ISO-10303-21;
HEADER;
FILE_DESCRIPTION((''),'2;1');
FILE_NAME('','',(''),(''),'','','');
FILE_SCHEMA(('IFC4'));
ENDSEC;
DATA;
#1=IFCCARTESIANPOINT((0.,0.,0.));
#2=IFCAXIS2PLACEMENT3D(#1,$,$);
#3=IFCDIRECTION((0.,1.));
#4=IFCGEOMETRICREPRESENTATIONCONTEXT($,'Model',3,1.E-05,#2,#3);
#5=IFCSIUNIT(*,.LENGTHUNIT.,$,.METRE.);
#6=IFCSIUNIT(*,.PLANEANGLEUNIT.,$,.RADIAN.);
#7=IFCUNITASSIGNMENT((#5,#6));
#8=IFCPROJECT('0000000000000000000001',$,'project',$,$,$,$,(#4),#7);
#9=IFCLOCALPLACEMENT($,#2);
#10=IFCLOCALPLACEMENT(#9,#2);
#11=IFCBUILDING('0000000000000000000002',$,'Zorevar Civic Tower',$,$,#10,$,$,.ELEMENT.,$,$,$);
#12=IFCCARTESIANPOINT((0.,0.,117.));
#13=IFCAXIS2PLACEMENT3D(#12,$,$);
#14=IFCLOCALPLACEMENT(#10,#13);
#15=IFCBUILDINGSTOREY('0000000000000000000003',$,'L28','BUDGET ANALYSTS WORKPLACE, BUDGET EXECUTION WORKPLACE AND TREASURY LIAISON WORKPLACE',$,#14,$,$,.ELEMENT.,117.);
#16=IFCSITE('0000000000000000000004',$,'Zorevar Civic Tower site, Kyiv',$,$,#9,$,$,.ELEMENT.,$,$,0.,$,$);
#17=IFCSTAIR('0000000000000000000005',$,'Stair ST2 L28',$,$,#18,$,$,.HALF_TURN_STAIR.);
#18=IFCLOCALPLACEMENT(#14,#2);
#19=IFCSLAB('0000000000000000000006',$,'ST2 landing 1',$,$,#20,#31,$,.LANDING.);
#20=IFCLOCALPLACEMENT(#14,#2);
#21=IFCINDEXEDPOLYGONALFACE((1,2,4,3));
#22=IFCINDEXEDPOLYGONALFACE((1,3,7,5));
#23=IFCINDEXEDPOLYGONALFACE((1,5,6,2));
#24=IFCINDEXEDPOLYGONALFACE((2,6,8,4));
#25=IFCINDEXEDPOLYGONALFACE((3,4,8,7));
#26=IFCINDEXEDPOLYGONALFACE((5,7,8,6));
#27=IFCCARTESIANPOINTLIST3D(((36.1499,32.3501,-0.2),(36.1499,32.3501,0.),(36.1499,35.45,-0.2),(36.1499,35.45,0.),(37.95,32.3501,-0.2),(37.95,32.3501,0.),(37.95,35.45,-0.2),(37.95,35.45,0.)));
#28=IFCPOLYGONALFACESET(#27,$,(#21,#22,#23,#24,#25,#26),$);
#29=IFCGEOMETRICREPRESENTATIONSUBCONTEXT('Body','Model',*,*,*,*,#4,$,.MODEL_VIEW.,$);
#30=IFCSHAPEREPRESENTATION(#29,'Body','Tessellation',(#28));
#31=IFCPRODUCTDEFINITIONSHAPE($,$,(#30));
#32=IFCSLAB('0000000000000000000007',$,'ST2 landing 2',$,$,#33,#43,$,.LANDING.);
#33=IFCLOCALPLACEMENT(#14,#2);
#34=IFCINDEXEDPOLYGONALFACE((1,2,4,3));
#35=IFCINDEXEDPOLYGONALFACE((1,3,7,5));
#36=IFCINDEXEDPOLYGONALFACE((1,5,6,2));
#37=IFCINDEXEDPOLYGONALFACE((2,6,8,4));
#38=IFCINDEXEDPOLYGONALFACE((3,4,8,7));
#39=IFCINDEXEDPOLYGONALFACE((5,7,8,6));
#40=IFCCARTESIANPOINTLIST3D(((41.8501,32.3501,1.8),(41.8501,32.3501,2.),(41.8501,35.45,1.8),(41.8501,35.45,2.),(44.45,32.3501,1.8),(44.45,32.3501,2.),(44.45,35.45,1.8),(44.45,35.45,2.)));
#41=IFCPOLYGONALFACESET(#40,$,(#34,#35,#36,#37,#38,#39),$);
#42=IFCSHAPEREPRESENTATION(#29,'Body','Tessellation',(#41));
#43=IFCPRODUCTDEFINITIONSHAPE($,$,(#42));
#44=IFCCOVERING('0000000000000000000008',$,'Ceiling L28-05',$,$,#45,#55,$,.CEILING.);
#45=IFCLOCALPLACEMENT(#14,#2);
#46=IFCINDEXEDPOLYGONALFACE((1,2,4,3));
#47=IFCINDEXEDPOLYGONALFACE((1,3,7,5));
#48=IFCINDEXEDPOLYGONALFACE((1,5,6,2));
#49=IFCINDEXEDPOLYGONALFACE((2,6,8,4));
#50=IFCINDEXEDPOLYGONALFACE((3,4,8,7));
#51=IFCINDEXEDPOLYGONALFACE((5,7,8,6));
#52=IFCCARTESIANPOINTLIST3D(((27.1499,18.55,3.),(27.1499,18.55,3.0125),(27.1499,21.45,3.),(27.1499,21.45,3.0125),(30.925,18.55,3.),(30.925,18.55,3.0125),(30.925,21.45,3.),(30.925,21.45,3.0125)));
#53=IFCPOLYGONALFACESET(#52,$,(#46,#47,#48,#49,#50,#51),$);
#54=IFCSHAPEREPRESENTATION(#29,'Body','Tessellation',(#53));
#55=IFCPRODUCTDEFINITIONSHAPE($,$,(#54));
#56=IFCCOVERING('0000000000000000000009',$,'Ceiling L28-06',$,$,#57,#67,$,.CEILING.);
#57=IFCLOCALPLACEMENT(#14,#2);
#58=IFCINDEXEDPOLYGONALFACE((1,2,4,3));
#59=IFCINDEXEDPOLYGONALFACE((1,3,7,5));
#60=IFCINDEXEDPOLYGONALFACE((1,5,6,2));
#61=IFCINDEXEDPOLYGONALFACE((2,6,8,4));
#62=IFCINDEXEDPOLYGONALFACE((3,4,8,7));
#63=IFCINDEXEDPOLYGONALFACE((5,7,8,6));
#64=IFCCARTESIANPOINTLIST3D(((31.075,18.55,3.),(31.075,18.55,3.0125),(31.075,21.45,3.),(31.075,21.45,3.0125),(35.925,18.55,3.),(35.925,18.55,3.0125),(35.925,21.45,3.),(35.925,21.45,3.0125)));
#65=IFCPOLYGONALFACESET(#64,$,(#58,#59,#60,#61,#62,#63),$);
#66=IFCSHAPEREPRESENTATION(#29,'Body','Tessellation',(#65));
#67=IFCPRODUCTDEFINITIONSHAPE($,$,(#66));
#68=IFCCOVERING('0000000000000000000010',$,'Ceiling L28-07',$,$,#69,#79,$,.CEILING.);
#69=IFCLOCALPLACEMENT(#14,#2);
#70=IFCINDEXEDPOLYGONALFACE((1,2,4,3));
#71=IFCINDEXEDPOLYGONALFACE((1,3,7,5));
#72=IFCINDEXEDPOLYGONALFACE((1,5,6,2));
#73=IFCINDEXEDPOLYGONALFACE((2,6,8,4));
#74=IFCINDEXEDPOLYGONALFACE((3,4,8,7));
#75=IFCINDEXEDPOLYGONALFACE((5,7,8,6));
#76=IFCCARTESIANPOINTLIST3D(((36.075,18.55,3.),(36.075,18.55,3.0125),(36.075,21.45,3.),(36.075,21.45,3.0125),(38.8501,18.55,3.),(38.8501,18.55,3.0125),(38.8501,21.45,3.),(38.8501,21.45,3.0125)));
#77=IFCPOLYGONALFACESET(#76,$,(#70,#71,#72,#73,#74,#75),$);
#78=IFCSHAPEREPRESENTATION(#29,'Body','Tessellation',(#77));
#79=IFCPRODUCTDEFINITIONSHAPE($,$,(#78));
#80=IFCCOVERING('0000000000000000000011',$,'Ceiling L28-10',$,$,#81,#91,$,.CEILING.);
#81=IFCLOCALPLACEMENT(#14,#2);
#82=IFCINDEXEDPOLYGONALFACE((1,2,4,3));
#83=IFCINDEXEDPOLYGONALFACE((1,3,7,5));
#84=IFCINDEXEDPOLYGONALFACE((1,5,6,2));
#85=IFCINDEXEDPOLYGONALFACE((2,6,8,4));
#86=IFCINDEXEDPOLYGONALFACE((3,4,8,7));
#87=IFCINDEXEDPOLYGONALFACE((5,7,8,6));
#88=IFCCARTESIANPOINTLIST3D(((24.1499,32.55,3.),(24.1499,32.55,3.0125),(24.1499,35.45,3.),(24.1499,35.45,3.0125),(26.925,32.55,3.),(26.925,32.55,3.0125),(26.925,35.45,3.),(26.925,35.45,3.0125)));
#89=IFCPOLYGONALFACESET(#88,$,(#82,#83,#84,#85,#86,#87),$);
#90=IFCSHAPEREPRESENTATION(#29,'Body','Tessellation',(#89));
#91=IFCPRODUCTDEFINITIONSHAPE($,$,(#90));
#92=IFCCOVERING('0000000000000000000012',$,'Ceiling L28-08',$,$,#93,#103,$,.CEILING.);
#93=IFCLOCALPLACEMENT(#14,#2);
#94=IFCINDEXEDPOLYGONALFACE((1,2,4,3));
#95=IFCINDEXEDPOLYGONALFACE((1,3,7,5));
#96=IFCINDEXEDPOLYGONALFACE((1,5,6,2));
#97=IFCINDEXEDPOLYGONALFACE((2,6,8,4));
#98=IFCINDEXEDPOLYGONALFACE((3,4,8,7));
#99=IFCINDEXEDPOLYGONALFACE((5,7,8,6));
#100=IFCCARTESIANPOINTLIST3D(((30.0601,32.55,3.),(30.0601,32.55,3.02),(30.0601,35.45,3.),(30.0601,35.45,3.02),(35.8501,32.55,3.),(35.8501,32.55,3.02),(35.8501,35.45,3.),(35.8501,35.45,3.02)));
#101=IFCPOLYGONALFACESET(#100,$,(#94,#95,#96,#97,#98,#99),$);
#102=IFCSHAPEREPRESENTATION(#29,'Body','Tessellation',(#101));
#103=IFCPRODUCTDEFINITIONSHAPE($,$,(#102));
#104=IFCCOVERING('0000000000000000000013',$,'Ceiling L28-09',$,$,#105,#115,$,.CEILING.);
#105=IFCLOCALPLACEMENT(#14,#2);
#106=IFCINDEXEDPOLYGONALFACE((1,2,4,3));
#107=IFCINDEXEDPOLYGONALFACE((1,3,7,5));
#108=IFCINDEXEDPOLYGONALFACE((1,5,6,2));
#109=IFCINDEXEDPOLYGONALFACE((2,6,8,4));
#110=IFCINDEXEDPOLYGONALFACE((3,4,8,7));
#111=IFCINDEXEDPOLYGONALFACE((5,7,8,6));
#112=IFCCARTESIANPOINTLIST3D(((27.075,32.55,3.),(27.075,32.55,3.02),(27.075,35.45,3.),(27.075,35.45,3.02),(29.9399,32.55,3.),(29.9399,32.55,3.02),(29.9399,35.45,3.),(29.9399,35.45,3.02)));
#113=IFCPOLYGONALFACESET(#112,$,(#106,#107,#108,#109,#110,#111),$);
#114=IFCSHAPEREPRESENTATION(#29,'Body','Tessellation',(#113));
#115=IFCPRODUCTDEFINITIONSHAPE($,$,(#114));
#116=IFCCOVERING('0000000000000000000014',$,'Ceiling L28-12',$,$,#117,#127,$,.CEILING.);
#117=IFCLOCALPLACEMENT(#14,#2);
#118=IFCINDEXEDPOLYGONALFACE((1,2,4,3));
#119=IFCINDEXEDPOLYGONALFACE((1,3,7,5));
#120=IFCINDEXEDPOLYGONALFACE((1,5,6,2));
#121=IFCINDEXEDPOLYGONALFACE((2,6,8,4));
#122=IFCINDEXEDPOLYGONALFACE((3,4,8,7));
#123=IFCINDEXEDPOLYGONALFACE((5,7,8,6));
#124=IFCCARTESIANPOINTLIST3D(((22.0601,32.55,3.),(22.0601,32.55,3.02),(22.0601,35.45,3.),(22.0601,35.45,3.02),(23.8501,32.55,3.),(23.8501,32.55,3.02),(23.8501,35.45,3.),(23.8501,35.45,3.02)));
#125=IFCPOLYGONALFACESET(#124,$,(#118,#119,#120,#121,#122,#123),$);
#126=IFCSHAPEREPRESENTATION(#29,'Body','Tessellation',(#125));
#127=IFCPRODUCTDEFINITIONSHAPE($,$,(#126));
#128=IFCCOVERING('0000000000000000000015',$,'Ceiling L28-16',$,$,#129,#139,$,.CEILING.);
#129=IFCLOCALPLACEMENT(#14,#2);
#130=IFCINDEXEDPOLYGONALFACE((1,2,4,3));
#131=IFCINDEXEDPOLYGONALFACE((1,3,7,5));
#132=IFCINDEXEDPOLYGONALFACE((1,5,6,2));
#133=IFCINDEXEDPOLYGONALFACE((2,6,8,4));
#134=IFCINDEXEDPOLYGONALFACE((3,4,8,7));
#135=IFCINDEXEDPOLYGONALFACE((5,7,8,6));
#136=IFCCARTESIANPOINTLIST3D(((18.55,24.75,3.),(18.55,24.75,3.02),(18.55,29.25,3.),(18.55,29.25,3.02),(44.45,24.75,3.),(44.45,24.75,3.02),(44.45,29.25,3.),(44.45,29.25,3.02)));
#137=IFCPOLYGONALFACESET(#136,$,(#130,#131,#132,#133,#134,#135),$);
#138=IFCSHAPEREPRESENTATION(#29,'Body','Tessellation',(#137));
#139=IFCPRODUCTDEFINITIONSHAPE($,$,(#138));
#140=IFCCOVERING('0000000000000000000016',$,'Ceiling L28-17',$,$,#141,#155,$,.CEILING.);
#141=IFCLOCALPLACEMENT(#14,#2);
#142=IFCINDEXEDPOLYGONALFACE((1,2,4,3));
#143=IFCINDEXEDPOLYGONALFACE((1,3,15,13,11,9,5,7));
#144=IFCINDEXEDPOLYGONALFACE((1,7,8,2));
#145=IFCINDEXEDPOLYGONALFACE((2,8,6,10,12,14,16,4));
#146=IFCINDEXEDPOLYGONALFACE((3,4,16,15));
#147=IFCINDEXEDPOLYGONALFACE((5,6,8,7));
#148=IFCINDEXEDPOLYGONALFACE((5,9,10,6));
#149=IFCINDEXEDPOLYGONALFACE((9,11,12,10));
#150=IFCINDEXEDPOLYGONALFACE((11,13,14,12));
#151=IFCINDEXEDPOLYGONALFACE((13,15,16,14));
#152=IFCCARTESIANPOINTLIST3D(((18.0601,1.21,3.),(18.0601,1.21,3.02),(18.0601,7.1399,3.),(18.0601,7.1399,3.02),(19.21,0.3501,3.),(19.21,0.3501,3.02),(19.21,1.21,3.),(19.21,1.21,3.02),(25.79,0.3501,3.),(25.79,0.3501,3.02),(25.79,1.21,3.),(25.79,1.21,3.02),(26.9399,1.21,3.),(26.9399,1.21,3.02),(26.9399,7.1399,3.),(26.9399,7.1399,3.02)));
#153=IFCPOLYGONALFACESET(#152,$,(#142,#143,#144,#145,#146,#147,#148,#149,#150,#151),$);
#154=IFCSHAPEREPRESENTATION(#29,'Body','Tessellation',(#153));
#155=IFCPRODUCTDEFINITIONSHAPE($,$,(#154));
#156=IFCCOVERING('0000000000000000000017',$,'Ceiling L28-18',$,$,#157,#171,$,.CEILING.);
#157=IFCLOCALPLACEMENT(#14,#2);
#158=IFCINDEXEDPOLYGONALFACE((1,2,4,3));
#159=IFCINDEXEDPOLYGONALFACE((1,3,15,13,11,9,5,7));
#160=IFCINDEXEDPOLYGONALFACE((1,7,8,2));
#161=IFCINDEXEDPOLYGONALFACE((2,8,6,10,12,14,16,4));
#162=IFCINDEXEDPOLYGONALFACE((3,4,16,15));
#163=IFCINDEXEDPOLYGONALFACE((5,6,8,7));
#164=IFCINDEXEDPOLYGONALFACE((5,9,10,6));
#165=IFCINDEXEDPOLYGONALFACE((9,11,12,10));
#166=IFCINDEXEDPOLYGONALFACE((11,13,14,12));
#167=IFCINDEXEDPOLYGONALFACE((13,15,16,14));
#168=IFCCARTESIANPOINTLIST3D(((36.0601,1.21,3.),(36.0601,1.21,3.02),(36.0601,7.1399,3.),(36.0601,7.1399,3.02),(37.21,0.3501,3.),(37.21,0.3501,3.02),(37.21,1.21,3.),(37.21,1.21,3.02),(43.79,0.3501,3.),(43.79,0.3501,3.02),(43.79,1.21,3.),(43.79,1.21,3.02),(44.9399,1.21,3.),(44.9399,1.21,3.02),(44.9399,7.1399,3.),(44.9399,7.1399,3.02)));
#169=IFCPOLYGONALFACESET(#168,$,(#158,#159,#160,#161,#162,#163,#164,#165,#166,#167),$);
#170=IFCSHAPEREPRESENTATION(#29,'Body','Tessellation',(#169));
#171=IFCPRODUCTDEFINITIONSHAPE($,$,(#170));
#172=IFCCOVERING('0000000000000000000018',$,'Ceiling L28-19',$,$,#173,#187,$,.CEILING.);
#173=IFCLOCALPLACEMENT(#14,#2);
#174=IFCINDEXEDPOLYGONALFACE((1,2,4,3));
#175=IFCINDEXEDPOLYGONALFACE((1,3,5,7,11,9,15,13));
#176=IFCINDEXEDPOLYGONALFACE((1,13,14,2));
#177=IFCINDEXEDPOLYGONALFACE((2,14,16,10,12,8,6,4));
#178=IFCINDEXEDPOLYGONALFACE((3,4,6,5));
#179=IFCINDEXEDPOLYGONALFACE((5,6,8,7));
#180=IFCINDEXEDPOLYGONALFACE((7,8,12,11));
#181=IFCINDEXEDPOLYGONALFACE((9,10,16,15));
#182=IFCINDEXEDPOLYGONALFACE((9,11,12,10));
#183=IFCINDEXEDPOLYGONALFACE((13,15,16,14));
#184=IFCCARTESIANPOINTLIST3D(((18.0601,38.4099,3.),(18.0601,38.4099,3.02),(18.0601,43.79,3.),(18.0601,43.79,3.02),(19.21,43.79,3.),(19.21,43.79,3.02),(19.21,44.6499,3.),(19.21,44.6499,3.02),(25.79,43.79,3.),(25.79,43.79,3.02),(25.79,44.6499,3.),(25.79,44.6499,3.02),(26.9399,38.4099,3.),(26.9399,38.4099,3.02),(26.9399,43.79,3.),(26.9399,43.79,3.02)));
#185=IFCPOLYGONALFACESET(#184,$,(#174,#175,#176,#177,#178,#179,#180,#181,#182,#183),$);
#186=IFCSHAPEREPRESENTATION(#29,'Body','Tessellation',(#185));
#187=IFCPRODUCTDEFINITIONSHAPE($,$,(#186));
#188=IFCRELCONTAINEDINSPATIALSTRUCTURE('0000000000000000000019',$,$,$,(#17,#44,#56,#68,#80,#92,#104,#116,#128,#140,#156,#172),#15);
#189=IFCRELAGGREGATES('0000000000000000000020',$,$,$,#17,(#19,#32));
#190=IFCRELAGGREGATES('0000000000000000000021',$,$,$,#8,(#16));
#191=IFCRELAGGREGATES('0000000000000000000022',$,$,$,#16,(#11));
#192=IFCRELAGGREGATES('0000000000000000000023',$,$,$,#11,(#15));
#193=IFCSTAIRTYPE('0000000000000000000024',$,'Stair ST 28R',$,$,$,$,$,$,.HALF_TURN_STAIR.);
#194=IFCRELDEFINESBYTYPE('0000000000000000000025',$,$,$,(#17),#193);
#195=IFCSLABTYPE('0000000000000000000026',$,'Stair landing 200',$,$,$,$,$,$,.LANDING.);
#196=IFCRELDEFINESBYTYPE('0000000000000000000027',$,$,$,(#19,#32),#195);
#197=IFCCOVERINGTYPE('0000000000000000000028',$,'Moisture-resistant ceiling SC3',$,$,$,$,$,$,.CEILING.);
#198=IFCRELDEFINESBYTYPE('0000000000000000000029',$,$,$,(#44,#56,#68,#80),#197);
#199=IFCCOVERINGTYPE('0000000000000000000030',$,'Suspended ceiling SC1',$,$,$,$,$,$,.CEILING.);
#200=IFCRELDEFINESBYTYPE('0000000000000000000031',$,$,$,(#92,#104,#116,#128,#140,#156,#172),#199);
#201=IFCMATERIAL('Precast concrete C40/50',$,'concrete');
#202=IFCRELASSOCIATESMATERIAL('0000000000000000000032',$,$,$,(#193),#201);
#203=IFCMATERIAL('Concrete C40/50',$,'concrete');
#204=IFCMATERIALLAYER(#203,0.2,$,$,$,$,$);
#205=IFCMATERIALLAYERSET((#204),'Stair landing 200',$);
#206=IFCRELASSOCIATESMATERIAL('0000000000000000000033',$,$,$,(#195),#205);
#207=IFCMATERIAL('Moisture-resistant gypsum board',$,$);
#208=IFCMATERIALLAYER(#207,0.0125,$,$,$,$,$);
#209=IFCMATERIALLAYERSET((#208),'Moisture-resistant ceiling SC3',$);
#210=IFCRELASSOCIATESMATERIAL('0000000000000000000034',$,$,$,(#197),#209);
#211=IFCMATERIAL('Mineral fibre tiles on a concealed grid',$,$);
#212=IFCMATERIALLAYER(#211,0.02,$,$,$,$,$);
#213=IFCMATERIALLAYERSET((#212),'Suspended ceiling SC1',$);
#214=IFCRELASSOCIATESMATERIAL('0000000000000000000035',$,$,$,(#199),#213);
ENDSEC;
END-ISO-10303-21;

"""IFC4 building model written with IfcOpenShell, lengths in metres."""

from ifc_helpers import new_model, si_unit, direction, frame, origin, place, context, subcontext, project, spatial, polyline, outline, extrude, material, layer, layer_set, type_object, element, aggregate, save


model = new_model("IFC4")

# Units and contexts
model_context = context("Model", 3, precision=1e-05, world=origin(), true_north=direction((0.0, 1.0)))
body_context = subcontext(model_context, "Body", "Model", "MODEL_VIEW")
ifc_project = project(units=[si_unit("LENGTHUNIT", "METRE"), si_unit("PLANEANGLEUNIT", "RADIAN")], contexts=[model_context])

# Site, building, storey
site_placement = place(None, origin())
site = spatial("IfcSite", under=ifc_project, at=site_placement, Name="Zorevar Civic Tower site, Kyiv", CompositionType="ELEMENT", RefElevation=0.0)
building_placement = place(site_placement, origin())
building = spatial("IfcBuilding", under=site, at=building_placement, Name="Zorevar Civic Tower", CompositionType="ELEMENT")
storey_placement = place(building_placement, frame((0.0, 0.0, 117.0)))
storey = spatial("IfcBuildingStorey", under=building, at=storey_placement, Name="L28", Description="BUDGET ANALYSTS WORKPLACE, BUDGET EXECUTION WORKPLACE AND TREASURY LIAISON WORKPLACE", CompositionType="ELEMENT", Elevation=117.0)

# Stair, slabs
ifc_material_1 = material(Name="Precast concrete C40/50", Category="concrete")
stair_type = type_object("IfcStairType", Name="Stair ST 28R", PredefinedType="HALF_TURN_STAIR", material=ifc_material_1)
ifc_material_2 = material(Name="Concrete C40/50", Category="concrete")
ifc_layer_1 = layer(ifc_material_2, 0.2)
ifc_layer_set_1 = layer_set([ifc_layer_1], Name="Stair landing 200")
slab_type_1 = type_object("IfcSlabType", Name="Stair landing 200", PredefinedType="LANDING", material=ifc_layer_set_1)
stair_1_placement = place(storey_placement, origin())
stair_1 = element("IfcStair", 1, at=stair_1_placement, inside=storey, type_object=stair_type, Name="Stair ST2 L28", PredefinedType="HALF_TURN_STAIR")
slab_1_placement = place(storey_placement, frame((0.0, 0.0, -0.2)))
slab_1 = element("IfcSlab", 2, at=slab_1_placement, type_object=slab_type_1, Name="ST2 landing 1", PredefinedType="LANDING", context=body_context, shape_type="SweptSolid", body=[
    extrude(outline(polyline([(37.95, 32.3501), (36.1499, 32.3501), (36.1499, 35.45), (37.95, 35.45), (37.95, 32.3501)])), origin(), (0.0, 0.0, 1.0), 0.2),
])
slab_2_placement = place(storey_placement, frame((0.0, 0.0, 1.8)))
slab_2 = element("IfcSlab", 3, at=slab_2_placement, type_object=slab_type_1, Name="ST2 landing 2", PredefinedType="LANDING", context=body_context, shape_type="SweptSolid", body=[
    extrude(outline(polyline([(44.45, 32.3501), (41.8501, 32.3501), (41.8501, 35.45), (44.45, 35.45), (44.45, 32.3501)])), origin(), (0.0, 0.0, 1.0), 0.2),
])
aggregate(stair_1, [slab_1, slab_2])

# Coverings
ifc_material_3 = material(Name="Moisture-resistant gypsum board")
ifc_layer_2 = layer(ifc_material_3, 0.0125)
ifc_layer_set_2 = layer_set([ifc_layer_2], Name="Moisture-resistant ceiling SC3")
covering_type_1 = type_object("IfcCoveringType", Name="Moisture-resistant ceiling SC3", PredefinedType="CEILING", material=ifc_layer_set_2)
covering_1_placement = place(storey_placement, frame((0.0, 0.0, 3.0)))
element("IfcCovering", 4, at=covering_1_placement, inside=storey, type_object=covering_type_1, Name="Ceiling L28-05", PredefinedType="CEILING", context=body_context, shape_type="SweptSolid", body=[
    extrude(outline(polyline([(30.925, 18.55), (30.925, 21.45), (27.1499, 21.45), (27.1499, 18.55), (30.925, 18.55)])), origin(), (0.0, 0.0, 1.0), 0.0125),
])
covering_2_placement = place(storey_placement, frame((0.0, 0.0, 3.0)))
element("IfcCovering", 5, at=covering_2_placement, inside=storey, type_object=covering_type_1, Name="Ceiling L28-06", PredefinedType="CEILING", context=body_context, shape_type="SweptSolid", body=[
    extrude(outline(polyline([(35.925, 18.55), (35.925, 21.45), (31.075, 21.45), (31.075, 18.55), (35.925, 18.55)])), origin(), (0.0, 0.0, 1.0), 0.0125),
])
covering_3_placement = place(storey_placement, frame((0.0, 0.0, 3.0)))
element("IfcCovering", 6, at=covering_3_placement, inside=storey, type_object=covering_type_1, Name="Ceiling L28-07", PredefinedType="CEILING", context=body_context, shape_type="SweptSolid", body=[
    extrude(outline(polyline([(38.8501, 18.55), (38.8501, 21.45), (36.075, 21.45), (36.075, 18.55), (38.8501, 18.55)])), origin(), (0.0, 0.0, 1.0), 0.0125),
])
covering_4_placement = place(storey_placement, frame((0.0, 0.0, 3.0)))
element("IfcCovering", 7, at=covering_4_placement, inside=storey, type_object=covering_type_1, Name="Ceiling L28-10", PredefinedType="CEILING", context=body_context, shape_type="SweptSolid", body=[
    extrude(outline(polyline([(26.925, 32.55), (26.925, 35.45), (24.1499, 35.45), (24.1499, 32.55), (26.925, 32.55)])), origin(), (0.0, 0.0, 1.0), 0.0125),
])
ifc_material_4 = material(Name="Mineral fibre tiles on a concealed grid")
ifc_layer_3 = layer(ifc_material_4, 0.02)
ifc_layer_set_3 = layer_set([ifc_layer_3], Name="Suspended ceiling SC1")
covering_type_2 = type_object("IfcCoveringType", Name="Suspended ceiling SC1", PredefinedType="CEILING", material=ifc_layer_set_3)
covering_5_placement = place(storey_placement, frame((0.0, 0.0, 3.0)))
element("IfcCovering", 8, at=covering_5_placement, inside=storey, type_object=covering_type_2, Name="Ceiling L28-08", PredefinedType="CEILING", context=body_context, shape_type="SweptSolid", body=[
    extrude(outline(polyline([(35.8501, 32.55), (35.8501, 35.45), (30.0601, 35.45), (30.0601, 32.55), (35.8501, 32.55)])), origin(), (0.0, 0.0, 1.0), 0.02),
])
covering_6_placement = place(storey_placement, frame((0.0, 0.0, 3.0)))
element("IfcCovering", 9, at=covering_6_placement, inside=storey, type_object=covering_type_2, Name="Ceiling L28-09", PredefinedType="CEILING", context=body_context, shape_type="SweptSolid", body=[
    extrude(outline(polyline([(29.9399, 32.55), (29.9399, 35.45), (27.075, 35.45), (27.075, 32.55), (29.9399, 32.55)])), origin(), (0.0, 0.0, 1.0), 0.02),
])
covering_7_placement = place(storey_placement, frame((0.0, 0.0, 3.0)))
element("IfcCovering", 10, at=covering_7_placement, inside=storey, type_object=covering_type_2, Name="Ceiling L28-12", PredefinedType="CEILING", context=body_context, shape_type="SweptSolid", body=[
    extrude(outline(polyline([(23.8501, 32.55), (23.8501, 35.45), (22.0601, 35.45), (22.0601, 32.55), (23.8501, 32.55)])), origin(), (0.0, 0.0, 1.0), 0.02),
])
covering_8_placement = place(storey_placement, frame((0.0, 0.0, 3.0)))
element("IfcCovering", 11, at=covering_8_placement, inside=storey, type_object=covering_type_2, Name="Ceiling L28-16", PredefinedType="CEILING", context=body_context, shape_type="SweptSolid", body=[
    extrude(outline(polyline([(44.45, 24.75), (44.45, 29.25), (18.55, 29.25), (18.55, 24.75), (44.45, 24.75)])), origin(), (0.0, 0.0, 1.0), 0.02),
])
covering_9_placement = place(storey_placement, frame((0.0, 0.0, 3.0)))
element("IfcCovering", 12, at=covering_9_placement, inside=storey, type_object=covering_type_2, Name="Ceiling L28-17", PredefinedType="CEILING", context=body_context, shape_type="SweptSolid", body=[
    extrude(outline(polyline([(19.21, 0.3501), (19.21, 1.21), (18.0601, 1.21), (18.0601, 7.1399), (26.9399, 7.1399), (26.9399, 1.21), (25.79, 1.21), (25.79, 0.3501), (19.21, 0.3501)])), origin(), (0.0, 0.0, 1.0), 0.02),
])
covering_10_placement = place(storey_placement, frame((0.0, 0.0, 3.0)))
element("IfcCovering", 13, at=covering_10_placement, inside=storey, type_object=covering_type_2, Name="Ceiling L28-18", PredefinedType="CEILING", context=body_context, shape_type="SweptSolid", body=[
    extrude(outline(polyline([(37.21, 0.3501), (37.21, 1.21), (36.0601, 1.21), (36.0601, 7.1399), (44.9399, 7.1399), (44.9399, 1.21), (43.79, 1.21), (43.79, 0.3501), (37.21, 0.3501)])), origin(), (0.0, 0.0, 1.0), 0.02),
])
covering_11_placement = place(storey_placement, frame((0.0, 0.0, 3.0)))
element("IfcCovering", 14, at=covering_11_placement, inside=storey, type_object=covering_type_2, Name="Ceiling L28-19", PredefinedType="CEILING", context=body_context, shape_type="SweptSolid", body=[
    extrude(outline(polyline([(19.21, 43.79), (19.21, 44.6499), (25.79, 44.6499), (25.79, 43.79), (26.9399, 43.79), (26.9399, 38.4099), (18.0601, 38.4099), (18.0601, 43.79), (19.21, 43.79)])), origin(), (0.0, 0.0, 1.0), 0.02),
])

save(model, "model.ifc")
